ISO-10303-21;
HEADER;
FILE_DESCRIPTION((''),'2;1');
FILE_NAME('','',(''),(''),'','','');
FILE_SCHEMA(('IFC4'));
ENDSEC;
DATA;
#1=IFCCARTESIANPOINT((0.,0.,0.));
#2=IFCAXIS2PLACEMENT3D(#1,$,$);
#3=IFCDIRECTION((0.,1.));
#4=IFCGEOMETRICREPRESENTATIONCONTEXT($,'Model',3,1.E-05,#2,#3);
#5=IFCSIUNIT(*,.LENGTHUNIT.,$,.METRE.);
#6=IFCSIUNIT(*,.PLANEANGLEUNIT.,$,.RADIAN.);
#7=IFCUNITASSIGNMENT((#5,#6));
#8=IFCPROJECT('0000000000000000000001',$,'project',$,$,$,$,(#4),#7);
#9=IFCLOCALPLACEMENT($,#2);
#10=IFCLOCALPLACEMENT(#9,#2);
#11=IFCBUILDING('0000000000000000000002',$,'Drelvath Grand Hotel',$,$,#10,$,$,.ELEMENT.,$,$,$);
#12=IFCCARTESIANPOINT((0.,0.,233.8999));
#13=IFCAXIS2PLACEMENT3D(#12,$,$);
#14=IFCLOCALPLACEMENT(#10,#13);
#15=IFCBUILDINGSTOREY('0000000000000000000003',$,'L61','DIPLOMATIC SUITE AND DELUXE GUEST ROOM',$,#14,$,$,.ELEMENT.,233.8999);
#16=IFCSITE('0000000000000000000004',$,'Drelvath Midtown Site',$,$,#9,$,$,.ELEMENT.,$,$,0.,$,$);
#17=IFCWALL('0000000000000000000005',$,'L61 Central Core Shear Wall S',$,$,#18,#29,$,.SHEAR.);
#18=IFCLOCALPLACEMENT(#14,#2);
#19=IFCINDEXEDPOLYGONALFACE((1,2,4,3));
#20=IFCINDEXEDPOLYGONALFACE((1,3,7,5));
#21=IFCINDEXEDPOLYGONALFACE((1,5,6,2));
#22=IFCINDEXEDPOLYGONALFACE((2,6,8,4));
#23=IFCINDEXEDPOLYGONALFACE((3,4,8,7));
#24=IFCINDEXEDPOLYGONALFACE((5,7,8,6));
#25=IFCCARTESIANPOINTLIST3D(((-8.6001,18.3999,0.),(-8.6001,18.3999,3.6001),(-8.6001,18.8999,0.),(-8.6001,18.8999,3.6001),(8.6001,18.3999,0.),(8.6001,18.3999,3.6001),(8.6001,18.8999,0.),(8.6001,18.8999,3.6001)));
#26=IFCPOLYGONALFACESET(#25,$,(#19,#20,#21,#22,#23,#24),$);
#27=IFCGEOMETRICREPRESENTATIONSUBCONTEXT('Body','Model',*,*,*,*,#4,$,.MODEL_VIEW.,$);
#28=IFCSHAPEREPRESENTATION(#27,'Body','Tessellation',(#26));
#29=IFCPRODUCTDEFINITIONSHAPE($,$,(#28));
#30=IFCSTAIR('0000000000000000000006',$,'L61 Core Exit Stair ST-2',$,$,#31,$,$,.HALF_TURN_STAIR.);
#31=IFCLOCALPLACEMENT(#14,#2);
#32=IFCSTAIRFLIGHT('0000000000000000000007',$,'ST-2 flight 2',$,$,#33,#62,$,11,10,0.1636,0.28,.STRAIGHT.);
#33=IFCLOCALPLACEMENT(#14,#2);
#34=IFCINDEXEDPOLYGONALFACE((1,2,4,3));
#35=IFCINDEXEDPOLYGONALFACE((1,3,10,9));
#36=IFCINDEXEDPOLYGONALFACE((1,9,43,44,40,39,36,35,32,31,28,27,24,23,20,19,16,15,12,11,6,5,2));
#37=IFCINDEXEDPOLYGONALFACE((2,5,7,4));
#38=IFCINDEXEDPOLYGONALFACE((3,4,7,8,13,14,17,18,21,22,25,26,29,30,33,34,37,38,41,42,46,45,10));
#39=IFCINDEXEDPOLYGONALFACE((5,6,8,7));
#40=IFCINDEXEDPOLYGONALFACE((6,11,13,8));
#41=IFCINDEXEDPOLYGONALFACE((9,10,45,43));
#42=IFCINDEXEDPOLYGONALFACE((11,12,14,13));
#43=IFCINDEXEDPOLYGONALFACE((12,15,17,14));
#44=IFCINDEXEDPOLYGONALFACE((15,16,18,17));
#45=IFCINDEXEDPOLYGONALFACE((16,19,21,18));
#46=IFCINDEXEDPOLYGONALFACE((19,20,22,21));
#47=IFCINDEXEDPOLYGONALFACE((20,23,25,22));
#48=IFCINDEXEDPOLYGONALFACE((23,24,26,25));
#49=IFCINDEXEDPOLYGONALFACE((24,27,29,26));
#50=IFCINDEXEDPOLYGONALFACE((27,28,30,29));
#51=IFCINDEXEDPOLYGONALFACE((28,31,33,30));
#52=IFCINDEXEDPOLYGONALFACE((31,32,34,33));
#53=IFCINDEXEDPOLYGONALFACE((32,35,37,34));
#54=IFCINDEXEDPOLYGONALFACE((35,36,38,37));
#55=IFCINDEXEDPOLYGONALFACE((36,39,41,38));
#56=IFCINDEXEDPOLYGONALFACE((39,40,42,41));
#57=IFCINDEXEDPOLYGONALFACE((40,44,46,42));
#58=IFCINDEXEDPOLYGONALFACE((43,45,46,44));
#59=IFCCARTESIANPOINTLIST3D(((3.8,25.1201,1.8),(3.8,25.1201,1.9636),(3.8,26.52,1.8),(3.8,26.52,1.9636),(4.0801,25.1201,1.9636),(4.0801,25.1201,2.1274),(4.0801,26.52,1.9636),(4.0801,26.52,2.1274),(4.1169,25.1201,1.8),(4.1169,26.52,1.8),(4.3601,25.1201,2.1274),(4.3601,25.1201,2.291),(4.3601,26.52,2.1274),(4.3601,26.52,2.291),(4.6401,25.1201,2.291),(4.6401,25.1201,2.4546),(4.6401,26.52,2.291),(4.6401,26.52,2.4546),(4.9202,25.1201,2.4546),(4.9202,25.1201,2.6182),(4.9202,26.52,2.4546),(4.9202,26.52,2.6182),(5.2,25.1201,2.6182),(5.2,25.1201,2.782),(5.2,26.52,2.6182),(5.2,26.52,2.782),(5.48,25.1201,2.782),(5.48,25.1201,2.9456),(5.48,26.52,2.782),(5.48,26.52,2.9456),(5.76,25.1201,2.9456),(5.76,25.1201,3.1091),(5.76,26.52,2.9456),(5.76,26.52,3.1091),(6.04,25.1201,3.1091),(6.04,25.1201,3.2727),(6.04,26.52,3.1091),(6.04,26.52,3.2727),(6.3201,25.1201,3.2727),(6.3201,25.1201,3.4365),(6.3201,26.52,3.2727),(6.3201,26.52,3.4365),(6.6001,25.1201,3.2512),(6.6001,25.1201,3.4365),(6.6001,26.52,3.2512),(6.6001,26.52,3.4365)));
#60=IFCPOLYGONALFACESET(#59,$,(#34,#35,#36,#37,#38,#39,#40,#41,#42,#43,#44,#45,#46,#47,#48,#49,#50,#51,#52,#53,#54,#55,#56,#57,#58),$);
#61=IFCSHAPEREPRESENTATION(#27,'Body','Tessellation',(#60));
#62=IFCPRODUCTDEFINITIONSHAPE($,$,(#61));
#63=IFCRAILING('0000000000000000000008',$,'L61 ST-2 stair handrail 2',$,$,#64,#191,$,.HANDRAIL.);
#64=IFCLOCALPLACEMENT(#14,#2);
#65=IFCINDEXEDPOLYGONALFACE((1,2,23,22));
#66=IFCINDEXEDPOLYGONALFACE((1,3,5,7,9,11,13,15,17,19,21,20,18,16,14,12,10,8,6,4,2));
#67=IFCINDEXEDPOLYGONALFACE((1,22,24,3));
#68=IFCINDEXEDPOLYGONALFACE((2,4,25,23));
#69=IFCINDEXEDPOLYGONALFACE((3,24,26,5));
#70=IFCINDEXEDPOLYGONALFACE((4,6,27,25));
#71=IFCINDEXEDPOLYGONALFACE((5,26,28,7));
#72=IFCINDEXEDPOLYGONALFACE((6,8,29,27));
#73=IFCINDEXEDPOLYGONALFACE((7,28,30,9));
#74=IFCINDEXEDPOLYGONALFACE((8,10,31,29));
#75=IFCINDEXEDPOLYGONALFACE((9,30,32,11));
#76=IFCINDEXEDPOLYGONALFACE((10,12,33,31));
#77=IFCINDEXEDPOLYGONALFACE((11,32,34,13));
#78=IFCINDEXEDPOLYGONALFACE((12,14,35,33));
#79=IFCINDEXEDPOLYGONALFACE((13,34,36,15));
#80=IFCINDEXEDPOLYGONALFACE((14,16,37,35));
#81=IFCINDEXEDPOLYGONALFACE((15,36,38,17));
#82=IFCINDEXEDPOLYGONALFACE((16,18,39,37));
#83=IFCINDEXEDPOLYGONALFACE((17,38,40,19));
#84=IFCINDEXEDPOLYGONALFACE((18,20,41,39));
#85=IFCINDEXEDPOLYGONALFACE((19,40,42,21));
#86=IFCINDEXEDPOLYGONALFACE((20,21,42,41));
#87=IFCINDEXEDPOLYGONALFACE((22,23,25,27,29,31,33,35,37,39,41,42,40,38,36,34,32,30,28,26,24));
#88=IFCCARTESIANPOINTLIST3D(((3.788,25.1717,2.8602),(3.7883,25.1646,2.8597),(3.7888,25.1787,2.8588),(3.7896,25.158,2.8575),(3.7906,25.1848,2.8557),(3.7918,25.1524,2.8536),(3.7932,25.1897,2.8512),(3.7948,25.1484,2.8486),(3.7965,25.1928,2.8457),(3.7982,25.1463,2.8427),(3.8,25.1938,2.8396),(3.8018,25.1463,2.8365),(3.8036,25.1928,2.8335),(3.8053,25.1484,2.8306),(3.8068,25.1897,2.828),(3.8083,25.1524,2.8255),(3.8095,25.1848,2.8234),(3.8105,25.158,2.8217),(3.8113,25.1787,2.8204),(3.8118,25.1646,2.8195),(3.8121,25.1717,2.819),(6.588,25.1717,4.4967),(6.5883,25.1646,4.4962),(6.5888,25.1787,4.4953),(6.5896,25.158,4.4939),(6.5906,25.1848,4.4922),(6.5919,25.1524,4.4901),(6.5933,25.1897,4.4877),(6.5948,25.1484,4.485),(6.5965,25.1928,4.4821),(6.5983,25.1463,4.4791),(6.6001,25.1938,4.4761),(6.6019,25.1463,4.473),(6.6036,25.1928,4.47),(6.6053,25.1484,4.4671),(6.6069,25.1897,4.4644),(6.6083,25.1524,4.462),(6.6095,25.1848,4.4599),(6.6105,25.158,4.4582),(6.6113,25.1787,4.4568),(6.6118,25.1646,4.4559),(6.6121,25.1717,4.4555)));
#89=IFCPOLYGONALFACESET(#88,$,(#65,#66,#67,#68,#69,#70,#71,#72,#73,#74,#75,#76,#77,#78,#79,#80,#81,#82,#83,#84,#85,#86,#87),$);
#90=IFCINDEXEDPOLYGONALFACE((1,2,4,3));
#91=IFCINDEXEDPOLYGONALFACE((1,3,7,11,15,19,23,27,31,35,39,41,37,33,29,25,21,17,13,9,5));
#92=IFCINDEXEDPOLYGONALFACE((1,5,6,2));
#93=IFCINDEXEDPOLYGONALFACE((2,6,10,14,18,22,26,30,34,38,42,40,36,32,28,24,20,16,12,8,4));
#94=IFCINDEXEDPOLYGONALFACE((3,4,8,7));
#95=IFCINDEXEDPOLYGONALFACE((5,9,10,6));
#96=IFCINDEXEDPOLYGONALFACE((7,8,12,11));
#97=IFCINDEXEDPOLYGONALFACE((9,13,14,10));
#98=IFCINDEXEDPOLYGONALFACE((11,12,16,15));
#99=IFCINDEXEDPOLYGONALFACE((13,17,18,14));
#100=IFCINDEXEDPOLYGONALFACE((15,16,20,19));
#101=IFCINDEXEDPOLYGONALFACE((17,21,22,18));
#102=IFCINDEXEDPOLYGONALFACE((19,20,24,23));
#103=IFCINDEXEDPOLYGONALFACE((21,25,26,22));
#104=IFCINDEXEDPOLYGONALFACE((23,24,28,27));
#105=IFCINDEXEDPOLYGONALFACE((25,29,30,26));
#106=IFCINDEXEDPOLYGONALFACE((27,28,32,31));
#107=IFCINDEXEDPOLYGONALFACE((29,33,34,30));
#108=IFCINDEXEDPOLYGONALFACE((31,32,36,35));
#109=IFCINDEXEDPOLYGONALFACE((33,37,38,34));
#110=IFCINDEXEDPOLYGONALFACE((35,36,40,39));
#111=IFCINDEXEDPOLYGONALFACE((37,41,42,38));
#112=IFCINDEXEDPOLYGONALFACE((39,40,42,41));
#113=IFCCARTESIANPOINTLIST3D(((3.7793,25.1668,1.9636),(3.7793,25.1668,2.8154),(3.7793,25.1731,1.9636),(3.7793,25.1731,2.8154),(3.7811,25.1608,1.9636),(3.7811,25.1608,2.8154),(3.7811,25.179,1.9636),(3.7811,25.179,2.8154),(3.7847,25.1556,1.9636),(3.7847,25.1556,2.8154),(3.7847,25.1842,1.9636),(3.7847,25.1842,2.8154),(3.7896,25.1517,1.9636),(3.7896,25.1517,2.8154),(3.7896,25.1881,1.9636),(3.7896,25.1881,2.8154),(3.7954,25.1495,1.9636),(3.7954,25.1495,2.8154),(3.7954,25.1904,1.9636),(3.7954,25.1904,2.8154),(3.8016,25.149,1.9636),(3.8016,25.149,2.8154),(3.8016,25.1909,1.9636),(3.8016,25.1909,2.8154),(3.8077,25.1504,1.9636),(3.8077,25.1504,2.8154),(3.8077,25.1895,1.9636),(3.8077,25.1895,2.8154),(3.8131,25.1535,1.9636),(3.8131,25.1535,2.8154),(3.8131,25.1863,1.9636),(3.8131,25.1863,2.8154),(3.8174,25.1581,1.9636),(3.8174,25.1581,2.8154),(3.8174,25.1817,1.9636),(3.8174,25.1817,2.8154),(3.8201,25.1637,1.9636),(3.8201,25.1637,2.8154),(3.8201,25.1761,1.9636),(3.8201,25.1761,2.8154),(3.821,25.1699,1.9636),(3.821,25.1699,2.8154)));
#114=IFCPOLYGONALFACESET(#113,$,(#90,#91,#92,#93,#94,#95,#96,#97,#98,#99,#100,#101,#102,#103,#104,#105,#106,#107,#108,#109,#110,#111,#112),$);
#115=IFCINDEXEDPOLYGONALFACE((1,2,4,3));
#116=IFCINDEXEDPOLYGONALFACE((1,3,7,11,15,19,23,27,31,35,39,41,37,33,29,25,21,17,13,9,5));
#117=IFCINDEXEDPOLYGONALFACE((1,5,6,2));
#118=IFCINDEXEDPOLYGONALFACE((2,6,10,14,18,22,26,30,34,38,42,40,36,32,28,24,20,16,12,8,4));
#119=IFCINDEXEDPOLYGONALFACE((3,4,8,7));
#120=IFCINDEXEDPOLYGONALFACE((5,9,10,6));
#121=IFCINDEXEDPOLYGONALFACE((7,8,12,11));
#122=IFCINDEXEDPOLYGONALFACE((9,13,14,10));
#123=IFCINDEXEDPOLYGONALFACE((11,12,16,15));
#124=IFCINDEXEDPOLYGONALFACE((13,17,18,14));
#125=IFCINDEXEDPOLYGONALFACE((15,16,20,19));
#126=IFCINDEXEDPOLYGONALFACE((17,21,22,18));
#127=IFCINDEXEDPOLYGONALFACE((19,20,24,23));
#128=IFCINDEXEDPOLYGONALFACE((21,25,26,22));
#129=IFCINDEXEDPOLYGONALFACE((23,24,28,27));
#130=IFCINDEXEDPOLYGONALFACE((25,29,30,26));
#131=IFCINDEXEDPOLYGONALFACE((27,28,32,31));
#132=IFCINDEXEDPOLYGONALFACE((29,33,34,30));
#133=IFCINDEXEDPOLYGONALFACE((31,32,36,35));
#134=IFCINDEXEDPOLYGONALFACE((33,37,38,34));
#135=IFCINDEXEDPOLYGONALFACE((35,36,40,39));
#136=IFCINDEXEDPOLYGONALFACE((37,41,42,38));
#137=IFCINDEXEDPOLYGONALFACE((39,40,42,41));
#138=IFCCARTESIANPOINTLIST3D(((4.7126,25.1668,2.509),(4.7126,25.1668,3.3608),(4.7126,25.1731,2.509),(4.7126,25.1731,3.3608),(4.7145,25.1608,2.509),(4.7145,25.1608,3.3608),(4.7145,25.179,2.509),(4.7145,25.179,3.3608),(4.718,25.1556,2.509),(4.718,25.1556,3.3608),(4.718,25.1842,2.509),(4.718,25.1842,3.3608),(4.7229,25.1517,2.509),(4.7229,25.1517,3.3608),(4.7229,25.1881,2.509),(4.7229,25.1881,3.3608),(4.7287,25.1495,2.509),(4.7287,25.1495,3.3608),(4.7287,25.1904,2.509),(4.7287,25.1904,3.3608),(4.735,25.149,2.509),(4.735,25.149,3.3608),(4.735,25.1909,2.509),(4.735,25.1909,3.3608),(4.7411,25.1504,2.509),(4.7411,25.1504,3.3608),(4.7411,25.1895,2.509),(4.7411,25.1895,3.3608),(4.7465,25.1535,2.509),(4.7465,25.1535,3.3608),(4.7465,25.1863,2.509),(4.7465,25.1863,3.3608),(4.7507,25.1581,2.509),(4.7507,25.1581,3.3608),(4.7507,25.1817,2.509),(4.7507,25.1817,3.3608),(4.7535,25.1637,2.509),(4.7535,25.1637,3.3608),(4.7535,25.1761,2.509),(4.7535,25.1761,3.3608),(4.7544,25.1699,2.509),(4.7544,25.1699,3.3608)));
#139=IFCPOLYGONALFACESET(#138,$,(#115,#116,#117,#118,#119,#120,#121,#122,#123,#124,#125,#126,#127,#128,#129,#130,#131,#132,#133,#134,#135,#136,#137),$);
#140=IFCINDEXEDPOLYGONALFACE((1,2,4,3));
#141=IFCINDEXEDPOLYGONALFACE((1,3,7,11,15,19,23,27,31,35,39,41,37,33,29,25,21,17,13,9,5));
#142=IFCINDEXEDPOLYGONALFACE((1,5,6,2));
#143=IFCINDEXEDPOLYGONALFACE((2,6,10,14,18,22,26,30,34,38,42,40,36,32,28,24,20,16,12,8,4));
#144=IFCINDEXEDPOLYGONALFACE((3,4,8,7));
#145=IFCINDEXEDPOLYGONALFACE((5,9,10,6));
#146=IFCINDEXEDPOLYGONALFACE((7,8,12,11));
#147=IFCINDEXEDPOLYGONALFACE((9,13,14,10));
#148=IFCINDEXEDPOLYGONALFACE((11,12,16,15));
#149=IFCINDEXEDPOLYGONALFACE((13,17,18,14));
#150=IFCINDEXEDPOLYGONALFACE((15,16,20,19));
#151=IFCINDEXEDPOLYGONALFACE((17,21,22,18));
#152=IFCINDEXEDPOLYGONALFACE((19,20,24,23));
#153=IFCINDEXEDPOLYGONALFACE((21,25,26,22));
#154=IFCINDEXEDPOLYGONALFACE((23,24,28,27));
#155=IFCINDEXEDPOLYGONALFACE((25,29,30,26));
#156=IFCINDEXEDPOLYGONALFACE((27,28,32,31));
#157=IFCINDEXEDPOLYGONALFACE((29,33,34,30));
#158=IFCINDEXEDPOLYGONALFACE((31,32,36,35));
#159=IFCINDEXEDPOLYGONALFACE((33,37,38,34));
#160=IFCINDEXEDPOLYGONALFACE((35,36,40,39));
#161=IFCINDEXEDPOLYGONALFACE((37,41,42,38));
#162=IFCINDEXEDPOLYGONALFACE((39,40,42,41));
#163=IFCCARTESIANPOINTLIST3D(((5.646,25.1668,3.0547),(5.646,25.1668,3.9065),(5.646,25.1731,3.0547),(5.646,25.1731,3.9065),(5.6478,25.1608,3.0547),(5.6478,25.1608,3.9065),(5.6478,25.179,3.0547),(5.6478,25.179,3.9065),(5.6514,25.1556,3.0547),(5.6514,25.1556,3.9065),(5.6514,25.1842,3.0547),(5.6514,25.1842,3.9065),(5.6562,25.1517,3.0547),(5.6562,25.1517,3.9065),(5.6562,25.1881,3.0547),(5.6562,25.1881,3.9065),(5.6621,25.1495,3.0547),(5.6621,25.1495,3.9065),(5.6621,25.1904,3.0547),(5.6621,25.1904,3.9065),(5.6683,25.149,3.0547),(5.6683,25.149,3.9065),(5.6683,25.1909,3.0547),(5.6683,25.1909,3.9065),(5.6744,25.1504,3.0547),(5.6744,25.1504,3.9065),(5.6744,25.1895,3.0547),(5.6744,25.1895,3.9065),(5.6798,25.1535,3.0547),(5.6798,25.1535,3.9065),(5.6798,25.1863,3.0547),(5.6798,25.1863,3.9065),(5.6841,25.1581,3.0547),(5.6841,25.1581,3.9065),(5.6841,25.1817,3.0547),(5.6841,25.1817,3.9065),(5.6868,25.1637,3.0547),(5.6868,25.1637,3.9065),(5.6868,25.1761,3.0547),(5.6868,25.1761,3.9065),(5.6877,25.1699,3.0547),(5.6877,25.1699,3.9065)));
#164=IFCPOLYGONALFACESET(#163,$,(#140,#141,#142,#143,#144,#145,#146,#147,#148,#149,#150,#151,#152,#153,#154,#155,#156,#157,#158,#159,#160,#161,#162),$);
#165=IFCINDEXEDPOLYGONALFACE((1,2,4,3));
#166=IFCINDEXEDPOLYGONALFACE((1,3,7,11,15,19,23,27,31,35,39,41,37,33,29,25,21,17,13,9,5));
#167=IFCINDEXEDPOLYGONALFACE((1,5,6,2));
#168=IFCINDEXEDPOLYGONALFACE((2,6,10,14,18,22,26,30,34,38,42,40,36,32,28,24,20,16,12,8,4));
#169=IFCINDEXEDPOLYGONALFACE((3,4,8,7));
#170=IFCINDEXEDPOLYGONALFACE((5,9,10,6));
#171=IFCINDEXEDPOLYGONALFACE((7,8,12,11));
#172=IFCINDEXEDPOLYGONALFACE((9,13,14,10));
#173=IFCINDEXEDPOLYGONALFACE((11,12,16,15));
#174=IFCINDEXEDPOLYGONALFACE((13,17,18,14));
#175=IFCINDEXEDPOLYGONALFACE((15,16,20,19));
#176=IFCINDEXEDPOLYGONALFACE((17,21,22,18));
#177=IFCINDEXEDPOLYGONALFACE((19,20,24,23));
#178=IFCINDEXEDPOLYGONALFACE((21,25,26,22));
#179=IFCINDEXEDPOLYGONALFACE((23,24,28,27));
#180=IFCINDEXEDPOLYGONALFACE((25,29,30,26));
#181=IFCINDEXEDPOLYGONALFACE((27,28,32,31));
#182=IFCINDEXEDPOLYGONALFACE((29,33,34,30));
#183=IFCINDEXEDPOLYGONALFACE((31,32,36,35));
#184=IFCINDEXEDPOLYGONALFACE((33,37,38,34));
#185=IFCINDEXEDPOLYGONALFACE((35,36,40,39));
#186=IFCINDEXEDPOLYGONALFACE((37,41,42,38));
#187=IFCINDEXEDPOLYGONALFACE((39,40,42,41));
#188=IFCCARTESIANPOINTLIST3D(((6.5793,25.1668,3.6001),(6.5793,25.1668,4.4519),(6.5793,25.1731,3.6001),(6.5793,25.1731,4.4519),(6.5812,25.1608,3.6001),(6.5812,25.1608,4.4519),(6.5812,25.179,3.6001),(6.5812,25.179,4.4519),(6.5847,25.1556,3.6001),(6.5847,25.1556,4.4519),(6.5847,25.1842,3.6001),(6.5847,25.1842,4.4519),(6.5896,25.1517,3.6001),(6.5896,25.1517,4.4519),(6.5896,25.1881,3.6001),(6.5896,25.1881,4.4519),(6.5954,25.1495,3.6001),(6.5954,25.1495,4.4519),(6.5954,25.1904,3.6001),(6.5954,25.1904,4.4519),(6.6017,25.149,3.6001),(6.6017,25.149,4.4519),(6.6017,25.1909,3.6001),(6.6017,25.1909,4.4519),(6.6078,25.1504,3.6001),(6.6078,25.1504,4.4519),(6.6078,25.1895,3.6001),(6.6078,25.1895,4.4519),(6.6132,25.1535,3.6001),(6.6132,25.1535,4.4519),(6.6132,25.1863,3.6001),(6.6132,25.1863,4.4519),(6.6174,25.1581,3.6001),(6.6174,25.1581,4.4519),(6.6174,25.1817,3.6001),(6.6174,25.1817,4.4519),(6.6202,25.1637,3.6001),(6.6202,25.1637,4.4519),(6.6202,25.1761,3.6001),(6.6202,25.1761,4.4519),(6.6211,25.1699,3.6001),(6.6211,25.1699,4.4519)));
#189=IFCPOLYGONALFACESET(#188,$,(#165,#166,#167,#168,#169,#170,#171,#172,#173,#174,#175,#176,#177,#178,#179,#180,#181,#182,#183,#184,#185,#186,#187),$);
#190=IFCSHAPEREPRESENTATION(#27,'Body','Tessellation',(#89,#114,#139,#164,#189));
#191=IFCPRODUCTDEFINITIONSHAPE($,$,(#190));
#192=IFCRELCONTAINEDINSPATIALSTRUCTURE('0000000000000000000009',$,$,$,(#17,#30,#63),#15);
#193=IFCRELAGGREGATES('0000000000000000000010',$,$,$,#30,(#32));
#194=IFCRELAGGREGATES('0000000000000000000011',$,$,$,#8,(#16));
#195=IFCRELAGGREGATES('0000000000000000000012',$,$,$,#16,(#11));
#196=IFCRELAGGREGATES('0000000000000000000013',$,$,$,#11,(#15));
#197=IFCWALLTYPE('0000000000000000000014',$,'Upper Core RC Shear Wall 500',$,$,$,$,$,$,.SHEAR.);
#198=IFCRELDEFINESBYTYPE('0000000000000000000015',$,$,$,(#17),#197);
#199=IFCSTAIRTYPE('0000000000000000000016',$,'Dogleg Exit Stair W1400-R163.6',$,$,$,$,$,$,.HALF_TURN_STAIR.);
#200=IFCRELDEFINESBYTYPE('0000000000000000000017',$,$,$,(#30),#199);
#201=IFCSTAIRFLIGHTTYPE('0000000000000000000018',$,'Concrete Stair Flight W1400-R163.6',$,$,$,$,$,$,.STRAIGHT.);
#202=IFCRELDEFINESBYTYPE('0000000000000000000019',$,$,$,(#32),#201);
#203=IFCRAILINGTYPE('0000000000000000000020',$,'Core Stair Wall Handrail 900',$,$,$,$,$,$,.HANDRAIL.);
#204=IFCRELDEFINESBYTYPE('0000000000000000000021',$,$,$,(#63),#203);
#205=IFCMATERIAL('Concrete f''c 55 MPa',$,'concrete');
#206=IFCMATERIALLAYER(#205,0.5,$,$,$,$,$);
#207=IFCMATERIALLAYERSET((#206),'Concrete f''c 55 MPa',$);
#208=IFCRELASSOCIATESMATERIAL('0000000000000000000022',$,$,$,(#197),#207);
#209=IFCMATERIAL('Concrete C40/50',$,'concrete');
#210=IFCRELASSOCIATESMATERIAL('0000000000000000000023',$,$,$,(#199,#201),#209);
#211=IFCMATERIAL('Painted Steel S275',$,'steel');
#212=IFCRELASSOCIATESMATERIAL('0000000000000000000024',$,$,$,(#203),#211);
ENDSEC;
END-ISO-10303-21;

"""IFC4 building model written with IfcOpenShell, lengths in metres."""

from ifc_helpers import new_model, si_unit, direction, frame, frame_2d, origin, origin_2d, place, context, subcontext, project, spatial, polyline, rectangle, circle, outline, extrude, material, layer, layer_set, type_object, element, aggregate, save


model = new_model("IFC4")

# Units and contexts
model_context = context("Model", 3, precision=1e-05, world=origin(), true_north=direction((0.0, 1.0)))
body_context = subcontext(model_context, "Body", "Model", "MODEL_VIEW")
ifc_project = project(units=[si_unit("LENGTHUNIT", "METRE"), si_unit("PLANEANGLEUNIT", "RADIAN")], contexts=[model_context])

# Site, building, storey
site_placement = place(None, origin())
site = spatial("IfcSite", under=ifc_project, at=site_placement, Name="Drelvath Midtown Site", CompositionType="ELEMENT", RefElevation=0.0)
building_placement = place(site_placement, origin())
building = spatial("IfcBuilding", under=site, at=building_placement, Name="Drelvath Grand Hotel", CompositionType="ELEMENT")
storey_placement = place(building_placement, frame((0.0, 0.0, 233.8999)))
storey = spatial("IfcBuildingStorey", under=building, at=storey_placement, Name="L61", Description="DIPLOMATIC SUITE AND DELUXE GUEST ROOM", CompositionType="ELEMENT", Elevation=233.8999)

# Shared definitions
ifc_material_1 = material(Name="Concrete f'c 55 MPa", Category="concrete")

# Shared definitions
ifc_material_2 = material(Name="Concrete C40/50", Category="concrete")

# Wall
ifc_layer_1 = layer(ifc_material_1, 0.5)
ifc_layer_set_1 = layer_set([ifc_layer_1], Name="Concrete f'c 55 MPa")
wall_type_1 = type_object("IfcWallType", Name="Upper Core RC Shear Wall 500", PredefinedType="SHEAR", material=ifc_layer_set_1)
wall_1_placement = place(storey_placement, frame((8.6001, 18.6499, 0.0), z_axis=(0.0, 0.0, 1.0), x_axis=(-1.0, 0.0, 0.0)))
element("IfcWall", 1, at=wall_1_placement, inside=storey, type_object=wall_type_1, Name="L61 Central Core Shear Wall S", PredefinedType="SHEAR", context=body_context, shape_type="SweptSolid", body=[
    extrude(rectangle(XDim=17.2002, YDim=0.5, at=frame_2d((8.6001, 0.0))), origin(), (0.0, 0.0, 1.0), 3.6001),
])

# Stair, stair flight
stair_type = type_object("IfcStairType", Name="Dogleg Exit Stair W1400-R163.6", PredefinedType="HALF_TURN_STAIR", material=ifc_material_2)
stair_placement = place(storey_placement, origin())
stair = element("IfcStair", 2, at=stair_placement, inside=storey, type_object=stair_type, Name="L61 Core Exit Stair ST-2", PredefinedType="HALF_TURN_STAIR")
stair_flight_type = type_object("IfcStairFlightType", Name="Concrete Stair Flight W1400-R163.6", PredefinedType="STRAIGHT", material=ifc_material_2)
stair_flight_placement = place(storey_placement, frame((3.8, 25.8201, 1.8), z_axis=(0.0, 0.0, 1.0), x_axis=(1.0, 0.0, 0.0)))
stair_flight = element("IfcStairFlight", 3, at=stair_flight_placement, type_object=stair_flight_type, Name="ST-2 flight 2", NumberOfRisers=11, NumberOfTreads=10, PredefinedType="STRAIGHT", RiserHeight=0.1636, TreadLength=0.28, context=body_context, shape_type="SweptSolid", body=[
    extrude(outline(polyline([(0.0, 0.0), (0.0, 0.1636), (0.28, 0.1636), (0.28, 0.3274), (0.5601, 0.3274), (0.5601, 0.491), (0.8401, 0.491), (0.8401, 0.6545), (1.1201, 0.6545), (1.1201, 0.8181), (1.3999, 0.8181), (1.3999, 0.9819), (1.6799, 0.9819), (1.6799, 1.1455), (1.96, 1.1455), (1.96, 1.3091), (2.24, 1.3091), (2.24, 1.4727), (2.52, 1.4727), (2.52, 1.6365), (2.8, 1.6365), (2.8, 1.8), (2.8, 1.4512), (0.3169, 0.0), (0.0, 0.0)])), frame((0.0, 0.7, 0.0), z_axis=(0.0, -1.0, 0.0), x_axis=(1.0, 0.0, 0.0)), (0.0, 0.0, 1.0), 1.3999),
])
aggregate(stair, [stair_flight])

# Railing
ifc_material_3 = material(Name="Painted Steel S275", Category="steel")
railing_type_1 = type_object("IfcRailingType", Name="Core Stair Wall Handrail 900", PredefinedType="HANDRAIL", material=ifc_material_3)
railing_1_placement = place(storey_placement, frame((3.8, 25.1699, 1.9636)))
element("IfcRailing", 4, at=railing_1_placement, inside=storey, type_object=railing_type_1, Name="L61 ST-2 stair handrail 2", PredefinedType="HANDRAIL", context=body_context, shape_type="SweptSolid", body=[
    extrude(circle(Radius=0.0239, at=origin_2d()), frame((0.0, 0.0, 0.876), z_axis=(0.863361, 0.0, 0.504587), x_axis=(0.0, 1.0, 0.0)), (0.0, 0.0, 1.0), 3.2432),
    extrude(circle(Radius=0.021, at=origin_2d()), origin(), (0.0, 0.0, 1.0), 0.8518),
    extrude(circle(Radius=0.021, at=origin_2d()), frame((0.9333, 0.0, 0.5454)), (0.0, 0.0, 1.0), 0.8518),
    extrude(circle(Radius=0.021, at=origin_2d()), frame((1.8667, 0.0, 1.0911)), (0.0, 0.0, 1.0), 0.8518),
    extrude(circle(Radius=0.021, at=origin_2d()), frame((2.8, 0.0, 1.6365)), (0.0, 0.0, 1.0), 0.8518),
])

save(model, "model.ifc")
